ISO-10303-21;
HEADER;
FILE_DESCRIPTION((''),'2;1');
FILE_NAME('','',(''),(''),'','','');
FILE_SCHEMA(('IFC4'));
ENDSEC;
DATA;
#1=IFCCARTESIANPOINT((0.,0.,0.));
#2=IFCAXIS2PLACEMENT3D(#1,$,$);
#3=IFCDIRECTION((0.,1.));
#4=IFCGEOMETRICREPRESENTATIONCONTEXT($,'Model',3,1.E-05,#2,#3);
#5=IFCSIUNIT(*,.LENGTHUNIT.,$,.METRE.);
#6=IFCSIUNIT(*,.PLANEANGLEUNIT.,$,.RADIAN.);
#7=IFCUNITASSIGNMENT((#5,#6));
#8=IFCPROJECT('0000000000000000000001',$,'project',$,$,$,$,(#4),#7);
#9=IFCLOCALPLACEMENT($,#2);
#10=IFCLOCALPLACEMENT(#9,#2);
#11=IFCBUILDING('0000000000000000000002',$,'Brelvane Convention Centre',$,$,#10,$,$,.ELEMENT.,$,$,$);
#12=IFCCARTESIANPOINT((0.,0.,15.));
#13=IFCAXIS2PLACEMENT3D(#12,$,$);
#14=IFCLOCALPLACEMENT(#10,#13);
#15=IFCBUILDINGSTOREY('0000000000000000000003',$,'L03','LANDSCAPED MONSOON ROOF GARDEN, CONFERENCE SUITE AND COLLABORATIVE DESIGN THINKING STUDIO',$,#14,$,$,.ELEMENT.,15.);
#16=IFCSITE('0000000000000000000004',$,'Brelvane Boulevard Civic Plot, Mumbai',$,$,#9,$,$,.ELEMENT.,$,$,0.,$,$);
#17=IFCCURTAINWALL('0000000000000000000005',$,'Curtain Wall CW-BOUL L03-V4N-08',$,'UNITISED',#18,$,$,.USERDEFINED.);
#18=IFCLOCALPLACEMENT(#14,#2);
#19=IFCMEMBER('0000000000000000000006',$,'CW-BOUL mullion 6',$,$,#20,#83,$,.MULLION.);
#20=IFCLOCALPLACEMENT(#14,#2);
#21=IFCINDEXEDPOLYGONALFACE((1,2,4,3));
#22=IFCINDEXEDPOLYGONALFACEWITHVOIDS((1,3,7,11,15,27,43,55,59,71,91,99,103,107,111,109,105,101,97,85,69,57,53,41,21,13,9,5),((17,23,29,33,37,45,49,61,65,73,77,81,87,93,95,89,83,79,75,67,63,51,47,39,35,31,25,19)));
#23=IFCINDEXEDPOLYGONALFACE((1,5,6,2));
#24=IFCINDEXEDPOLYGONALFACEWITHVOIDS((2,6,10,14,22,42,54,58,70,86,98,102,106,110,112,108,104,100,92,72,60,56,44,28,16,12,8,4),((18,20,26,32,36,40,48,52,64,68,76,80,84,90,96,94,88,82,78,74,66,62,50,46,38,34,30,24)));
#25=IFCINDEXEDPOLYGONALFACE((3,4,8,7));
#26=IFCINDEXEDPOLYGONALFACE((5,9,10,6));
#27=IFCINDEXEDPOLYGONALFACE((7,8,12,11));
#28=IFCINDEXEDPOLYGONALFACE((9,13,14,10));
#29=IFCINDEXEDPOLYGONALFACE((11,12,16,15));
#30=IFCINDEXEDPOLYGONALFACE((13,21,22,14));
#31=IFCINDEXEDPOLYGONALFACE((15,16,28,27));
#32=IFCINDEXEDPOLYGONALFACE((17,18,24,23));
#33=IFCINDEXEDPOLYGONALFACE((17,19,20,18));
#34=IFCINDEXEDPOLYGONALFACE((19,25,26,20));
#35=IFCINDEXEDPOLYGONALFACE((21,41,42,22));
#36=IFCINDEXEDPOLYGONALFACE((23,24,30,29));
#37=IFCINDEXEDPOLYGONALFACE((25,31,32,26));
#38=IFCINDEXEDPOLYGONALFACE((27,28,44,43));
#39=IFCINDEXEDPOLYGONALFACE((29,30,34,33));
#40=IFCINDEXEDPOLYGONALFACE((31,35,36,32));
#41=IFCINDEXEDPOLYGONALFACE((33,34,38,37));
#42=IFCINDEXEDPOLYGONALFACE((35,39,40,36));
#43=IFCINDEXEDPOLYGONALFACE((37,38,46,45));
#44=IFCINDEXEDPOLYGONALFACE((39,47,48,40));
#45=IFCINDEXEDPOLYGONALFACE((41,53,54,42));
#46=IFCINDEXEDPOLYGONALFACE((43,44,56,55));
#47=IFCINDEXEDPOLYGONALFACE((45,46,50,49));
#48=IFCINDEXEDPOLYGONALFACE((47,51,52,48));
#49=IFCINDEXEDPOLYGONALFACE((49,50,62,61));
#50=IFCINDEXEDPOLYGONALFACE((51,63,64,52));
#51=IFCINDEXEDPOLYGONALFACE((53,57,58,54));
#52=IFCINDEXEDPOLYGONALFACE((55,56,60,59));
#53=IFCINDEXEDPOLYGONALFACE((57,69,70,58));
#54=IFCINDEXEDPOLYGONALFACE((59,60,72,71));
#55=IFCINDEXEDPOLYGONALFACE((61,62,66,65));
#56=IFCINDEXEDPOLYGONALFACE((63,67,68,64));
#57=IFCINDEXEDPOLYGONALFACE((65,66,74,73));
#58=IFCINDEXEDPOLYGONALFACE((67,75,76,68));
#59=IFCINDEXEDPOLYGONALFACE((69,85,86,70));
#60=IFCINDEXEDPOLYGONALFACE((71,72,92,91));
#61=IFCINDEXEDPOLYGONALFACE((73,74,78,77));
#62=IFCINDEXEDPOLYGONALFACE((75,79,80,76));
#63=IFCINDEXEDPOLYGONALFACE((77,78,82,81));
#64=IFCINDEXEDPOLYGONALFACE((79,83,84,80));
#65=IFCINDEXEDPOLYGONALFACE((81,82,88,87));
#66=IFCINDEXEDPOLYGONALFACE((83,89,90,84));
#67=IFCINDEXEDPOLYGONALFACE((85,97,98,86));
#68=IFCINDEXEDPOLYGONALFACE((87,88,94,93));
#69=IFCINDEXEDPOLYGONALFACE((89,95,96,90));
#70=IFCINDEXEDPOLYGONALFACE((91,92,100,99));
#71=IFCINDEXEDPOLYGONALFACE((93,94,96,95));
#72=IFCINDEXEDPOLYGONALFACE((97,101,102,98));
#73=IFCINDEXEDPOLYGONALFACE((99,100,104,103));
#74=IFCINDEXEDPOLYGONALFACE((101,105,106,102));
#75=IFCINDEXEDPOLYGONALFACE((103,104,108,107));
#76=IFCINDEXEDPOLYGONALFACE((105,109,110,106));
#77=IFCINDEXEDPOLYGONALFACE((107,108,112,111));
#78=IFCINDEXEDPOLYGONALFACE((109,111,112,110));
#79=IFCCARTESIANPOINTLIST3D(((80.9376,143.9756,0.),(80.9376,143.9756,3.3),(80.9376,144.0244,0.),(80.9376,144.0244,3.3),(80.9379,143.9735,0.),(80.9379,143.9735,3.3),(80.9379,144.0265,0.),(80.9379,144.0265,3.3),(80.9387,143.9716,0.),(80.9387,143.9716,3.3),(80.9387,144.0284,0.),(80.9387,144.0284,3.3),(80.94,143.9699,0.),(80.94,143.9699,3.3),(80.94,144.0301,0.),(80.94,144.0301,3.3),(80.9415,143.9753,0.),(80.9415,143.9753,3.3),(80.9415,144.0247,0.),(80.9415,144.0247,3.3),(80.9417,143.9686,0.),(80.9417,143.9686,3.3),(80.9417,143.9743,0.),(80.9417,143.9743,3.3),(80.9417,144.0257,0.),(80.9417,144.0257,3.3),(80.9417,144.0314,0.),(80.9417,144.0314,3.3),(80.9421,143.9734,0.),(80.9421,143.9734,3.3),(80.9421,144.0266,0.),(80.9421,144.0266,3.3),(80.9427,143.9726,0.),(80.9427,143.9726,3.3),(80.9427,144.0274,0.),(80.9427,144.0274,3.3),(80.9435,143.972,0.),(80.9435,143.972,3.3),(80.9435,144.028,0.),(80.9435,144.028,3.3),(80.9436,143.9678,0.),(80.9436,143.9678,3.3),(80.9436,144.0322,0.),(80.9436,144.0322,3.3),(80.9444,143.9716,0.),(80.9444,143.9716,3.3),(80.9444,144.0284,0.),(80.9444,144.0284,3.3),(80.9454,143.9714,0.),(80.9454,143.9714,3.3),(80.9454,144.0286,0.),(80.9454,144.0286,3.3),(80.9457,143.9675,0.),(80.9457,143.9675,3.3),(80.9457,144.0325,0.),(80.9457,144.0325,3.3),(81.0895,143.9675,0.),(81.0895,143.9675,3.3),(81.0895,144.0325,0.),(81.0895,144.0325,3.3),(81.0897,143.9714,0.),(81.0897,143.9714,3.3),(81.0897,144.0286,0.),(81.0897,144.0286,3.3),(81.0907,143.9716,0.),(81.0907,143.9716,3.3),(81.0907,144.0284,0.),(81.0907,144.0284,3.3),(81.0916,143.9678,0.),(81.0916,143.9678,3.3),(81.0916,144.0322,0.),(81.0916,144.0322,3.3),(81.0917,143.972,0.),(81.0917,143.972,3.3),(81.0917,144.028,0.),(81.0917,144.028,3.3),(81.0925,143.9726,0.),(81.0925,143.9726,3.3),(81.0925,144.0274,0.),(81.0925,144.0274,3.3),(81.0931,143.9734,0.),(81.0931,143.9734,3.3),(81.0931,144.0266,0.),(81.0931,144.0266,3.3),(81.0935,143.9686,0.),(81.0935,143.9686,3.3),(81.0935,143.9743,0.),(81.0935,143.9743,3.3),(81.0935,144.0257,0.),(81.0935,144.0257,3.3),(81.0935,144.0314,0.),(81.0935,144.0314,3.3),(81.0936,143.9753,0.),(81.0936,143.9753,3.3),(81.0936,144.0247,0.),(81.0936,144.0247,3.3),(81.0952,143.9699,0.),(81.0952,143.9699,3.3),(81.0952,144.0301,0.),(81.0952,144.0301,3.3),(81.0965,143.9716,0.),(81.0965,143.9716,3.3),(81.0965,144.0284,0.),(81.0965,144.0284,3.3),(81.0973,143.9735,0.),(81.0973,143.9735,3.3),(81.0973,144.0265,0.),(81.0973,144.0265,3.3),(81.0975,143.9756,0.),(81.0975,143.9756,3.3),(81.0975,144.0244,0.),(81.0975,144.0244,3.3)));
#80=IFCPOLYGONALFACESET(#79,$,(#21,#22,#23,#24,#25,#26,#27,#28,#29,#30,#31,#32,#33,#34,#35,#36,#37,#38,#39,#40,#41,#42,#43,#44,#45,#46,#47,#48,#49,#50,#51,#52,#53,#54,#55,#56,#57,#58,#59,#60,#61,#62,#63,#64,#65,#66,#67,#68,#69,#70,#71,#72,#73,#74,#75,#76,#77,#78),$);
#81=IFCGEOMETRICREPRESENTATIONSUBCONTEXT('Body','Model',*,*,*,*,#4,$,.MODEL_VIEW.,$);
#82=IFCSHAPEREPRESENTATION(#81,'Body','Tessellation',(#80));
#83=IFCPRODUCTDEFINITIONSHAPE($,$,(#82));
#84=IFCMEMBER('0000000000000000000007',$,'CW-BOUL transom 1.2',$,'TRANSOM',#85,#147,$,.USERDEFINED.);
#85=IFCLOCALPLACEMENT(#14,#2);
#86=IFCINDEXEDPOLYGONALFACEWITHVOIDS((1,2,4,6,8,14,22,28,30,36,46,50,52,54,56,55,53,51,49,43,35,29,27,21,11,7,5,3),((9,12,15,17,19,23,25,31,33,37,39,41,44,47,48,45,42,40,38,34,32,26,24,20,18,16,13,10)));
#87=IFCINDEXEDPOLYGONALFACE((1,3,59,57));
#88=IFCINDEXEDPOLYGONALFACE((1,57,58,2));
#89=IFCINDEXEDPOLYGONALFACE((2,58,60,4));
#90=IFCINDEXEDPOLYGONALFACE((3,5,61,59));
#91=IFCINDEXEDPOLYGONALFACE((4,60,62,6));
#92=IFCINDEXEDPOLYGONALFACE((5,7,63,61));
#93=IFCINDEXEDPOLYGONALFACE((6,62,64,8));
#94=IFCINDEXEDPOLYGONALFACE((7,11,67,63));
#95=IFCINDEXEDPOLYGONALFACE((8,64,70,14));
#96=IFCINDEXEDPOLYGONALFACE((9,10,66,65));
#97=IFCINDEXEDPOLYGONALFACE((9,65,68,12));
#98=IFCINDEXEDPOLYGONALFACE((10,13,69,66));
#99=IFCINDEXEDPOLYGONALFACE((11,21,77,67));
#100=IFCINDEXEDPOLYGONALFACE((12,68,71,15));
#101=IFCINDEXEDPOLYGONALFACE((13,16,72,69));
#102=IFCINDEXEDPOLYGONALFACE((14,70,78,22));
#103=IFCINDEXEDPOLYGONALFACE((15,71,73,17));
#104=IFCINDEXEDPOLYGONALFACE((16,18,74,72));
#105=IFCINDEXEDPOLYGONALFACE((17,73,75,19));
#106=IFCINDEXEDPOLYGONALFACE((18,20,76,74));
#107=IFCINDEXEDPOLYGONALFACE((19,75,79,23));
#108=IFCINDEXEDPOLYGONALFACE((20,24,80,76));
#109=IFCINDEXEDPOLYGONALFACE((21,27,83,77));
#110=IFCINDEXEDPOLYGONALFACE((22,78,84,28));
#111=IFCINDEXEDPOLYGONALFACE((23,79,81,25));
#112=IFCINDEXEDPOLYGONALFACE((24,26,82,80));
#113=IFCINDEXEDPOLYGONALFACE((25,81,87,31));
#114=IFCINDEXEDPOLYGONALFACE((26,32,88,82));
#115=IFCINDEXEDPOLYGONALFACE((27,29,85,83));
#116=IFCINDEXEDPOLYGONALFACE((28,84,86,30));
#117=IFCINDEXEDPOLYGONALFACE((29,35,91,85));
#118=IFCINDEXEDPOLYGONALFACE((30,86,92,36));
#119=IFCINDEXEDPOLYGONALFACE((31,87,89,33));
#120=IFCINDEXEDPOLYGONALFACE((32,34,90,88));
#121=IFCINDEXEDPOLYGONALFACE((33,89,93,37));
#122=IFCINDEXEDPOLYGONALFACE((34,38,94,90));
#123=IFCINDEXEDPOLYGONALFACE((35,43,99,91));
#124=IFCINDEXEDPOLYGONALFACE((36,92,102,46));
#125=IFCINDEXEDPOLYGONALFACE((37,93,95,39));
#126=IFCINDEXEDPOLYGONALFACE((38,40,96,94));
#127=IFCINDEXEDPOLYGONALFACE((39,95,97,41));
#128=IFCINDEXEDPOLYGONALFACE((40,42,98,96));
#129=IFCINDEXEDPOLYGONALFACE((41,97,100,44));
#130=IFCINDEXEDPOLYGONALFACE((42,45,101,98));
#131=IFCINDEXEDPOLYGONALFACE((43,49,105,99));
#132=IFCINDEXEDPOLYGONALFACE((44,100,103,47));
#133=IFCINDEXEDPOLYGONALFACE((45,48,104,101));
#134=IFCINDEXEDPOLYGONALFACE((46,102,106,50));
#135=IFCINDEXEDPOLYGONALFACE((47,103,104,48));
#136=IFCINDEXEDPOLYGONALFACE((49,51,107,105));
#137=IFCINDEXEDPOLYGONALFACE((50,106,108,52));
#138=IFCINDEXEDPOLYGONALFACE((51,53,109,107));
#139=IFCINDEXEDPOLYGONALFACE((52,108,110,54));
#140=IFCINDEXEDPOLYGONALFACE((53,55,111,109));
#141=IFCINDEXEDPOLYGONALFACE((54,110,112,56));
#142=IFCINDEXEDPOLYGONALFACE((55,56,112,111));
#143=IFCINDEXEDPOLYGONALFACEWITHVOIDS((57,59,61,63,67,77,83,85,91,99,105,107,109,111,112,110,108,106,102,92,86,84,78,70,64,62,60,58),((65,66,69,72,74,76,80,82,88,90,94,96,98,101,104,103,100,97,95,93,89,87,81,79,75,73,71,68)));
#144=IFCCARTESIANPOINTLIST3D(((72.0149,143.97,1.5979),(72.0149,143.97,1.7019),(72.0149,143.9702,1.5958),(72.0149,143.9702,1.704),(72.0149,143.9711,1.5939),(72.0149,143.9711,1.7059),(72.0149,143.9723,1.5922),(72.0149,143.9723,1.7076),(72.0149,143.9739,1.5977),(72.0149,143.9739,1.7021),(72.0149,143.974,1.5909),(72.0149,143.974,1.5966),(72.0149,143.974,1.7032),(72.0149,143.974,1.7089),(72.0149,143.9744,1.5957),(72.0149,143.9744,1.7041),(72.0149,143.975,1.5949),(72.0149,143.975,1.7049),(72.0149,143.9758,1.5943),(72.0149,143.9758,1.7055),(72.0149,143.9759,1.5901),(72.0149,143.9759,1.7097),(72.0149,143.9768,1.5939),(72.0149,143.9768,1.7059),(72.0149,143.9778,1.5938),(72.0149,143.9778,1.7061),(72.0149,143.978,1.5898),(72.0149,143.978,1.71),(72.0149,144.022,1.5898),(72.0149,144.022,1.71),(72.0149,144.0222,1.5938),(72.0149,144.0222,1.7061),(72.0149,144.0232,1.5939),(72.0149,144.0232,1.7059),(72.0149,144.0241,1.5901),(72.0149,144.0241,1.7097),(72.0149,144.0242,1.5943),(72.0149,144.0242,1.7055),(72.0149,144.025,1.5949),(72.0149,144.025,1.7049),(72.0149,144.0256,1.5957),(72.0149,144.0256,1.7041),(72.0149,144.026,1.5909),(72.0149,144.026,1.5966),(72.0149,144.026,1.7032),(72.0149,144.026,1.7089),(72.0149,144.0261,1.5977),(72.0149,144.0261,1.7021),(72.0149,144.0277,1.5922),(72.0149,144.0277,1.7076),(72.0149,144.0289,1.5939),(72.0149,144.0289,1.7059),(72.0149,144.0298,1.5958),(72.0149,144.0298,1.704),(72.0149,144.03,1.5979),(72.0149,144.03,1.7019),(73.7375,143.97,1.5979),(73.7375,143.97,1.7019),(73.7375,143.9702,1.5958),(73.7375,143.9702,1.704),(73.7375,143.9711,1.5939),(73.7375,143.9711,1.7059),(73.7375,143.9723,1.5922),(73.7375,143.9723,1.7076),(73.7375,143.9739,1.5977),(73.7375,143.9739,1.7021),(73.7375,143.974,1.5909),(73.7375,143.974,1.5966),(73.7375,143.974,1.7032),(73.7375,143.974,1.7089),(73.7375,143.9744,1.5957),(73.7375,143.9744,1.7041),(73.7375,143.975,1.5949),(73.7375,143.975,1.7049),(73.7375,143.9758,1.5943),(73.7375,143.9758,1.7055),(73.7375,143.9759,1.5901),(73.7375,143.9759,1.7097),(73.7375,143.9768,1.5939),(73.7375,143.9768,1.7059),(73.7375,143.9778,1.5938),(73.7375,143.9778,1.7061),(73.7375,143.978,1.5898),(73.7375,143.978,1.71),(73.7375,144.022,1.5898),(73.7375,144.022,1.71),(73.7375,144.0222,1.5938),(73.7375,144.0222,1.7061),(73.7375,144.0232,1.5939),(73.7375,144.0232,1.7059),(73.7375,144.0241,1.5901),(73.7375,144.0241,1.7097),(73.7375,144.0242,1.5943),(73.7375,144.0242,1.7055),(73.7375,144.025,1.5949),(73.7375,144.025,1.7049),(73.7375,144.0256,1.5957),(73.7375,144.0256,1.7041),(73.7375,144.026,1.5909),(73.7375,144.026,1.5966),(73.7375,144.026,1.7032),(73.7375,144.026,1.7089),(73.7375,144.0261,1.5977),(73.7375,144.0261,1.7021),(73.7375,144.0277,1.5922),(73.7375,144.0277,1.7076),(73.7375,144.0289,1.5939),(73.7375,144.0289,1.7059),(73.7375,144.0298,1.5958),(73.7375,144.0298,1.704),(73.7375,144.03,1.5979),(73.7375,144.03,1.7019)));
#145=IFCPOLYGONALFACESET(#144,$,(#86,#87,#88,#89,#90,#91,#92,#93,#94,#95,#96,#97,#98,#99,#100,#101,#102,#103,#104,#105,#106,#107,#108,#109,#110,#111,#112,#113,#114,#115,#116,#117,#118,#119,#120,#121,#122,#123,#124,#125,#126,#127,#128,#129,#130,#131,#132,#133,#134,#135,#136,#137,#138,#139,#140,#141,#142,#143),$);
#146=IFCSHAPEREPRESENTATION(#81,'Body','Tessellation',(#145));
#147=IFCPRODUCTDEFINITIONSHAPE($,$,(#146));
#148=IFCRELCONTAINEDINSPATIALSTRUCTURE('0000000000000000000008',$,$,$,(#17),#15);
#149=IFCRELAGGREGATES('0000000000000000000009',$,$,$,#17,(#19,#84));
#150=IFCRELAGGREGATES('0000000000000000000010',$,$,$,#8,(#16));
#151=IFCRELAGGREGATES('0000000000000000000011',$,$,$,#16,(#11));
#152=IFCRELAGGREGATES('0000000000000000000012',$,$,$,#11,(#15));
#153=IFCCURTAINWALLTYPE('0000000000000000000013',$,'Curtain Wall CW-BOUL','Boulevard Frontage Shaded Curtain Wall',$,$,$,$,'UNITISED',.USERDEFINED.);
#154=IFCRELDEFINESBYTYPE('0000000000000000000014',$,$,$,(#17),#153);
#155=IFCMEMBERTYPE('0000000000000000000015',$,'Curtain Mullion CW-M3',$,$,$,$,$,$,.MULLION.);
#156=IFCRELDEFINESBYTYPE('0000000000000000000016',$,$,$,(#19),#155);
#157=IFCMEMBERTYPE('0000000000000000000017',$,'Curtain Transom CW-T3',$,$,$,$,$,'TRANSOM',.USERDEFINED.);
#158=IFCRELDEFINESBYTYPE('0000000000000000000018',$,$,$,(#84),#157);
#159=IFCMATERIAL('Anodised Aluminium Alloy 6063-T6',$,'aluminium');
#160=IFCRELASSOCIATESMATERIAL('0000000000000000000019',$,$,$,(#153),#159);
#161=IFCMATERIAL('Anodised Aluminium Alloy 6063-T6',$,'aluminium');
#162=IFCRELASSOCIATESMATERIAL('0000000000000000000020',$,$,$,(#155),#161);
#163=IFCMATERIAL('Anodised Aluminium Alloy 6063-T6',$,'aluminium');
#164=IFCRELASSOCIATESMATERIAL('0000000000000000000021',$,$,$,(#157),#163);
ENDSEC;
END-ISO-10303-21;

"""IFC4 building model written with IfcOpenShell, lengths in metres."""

from ifc_helpers import new_model, si_unit, direction, frame, origin, origin_2d, place, context, subcontext, project, spatial, hollow_rectangle, extrude, material, material_profile, profile_set, type_object, element, aggregate, save


model = new_model("IFC4")

# Units and contexts
model_context = context("Model", 3, precision=1e-05, world=origin(), true_north=direction((0.0, 1.0)))
body_context = subcontext(model_context, "Body", "Model", "MODEL_VIEW")
ifc_project = project(units=[si_unit("LENGTHUNIT", "METRE"), si_unit("PLANEANGLEUNIT", "RADIAN")], contexts=[model_context])

# Site, building, storey
site_placement = place(None, origin())
site = spatial("IfcSite", under=ifc_project, at=site_placement, Name="Brelvane Boulevard Civic Plot, Mumbai", CompositionType="ELEMENT", RefElevation=0.0)
building_placement = place(site_placement, origin())
building = spatial("IfcBuilding", under=site, at=building_placement, Name="Brelvane Convention Centre", CompositionType="ELEMENT")
storey_placement = place(building_placement, frame((0.0, 0.0, 15.0)))
storey = spatial("IfcBuildingStorey", under=building, at=storey_placement, Name="L03", Description="LANDSCAPED MONSOON ROOF GARDEN, CONFERENCE SUITE AND COLLABORATIVE DESIGN THINKING STUDIO", CompositionType="ELEMENT", Elevation=15.0)

# Curtain wall, members
ifc_material_1 = material(Name="Anodised Aluminium Alloy 6063-T6", Category="aluminium")
curtain_wall_type = type_object("IfcCurtainWallType", Name="Curtain Wall CW-BOUL", Description="Boulevard Frontage Shaded Curtain Wall", ElementType="UNITISED", PredefinedType="USERDEFINED", material=ifc_material_1)
curtain_wall_placement = place(storey_placement, origin())
curtain_wall = element("IfcCurtainWall", 1, at=curtain_wall_placement, inside=storey, type_object=curtain_wall_type, Name="Curtain Wall CW-BOUL L03-V4N-08", ObjectType="UNITISED", PredefinedType="USERDEFINED")
ifc_material_2 = material(Name="Anodised Aluminium Alloy 6063-T6", Category="aluminium")
ifc_material_profile_1 = material_profile(ifc_material_2, hollow_rectangle(XDim=0.0649, YDim=0.1599, WallThickness=0.0039, InnerFilletRadius=0.0039, OuterFilletRadius=0.0081, at=origin_2d()), Name="ALU-M 160x65x4.0")
ifc_profile_set_1 = profile_set([ifc_material_profile_1], Name="Anodised Aluminium Alloy 6063-T6")
member_type_1 = type_object("IfcMemberType", Name="Curtain Mullion CW-M3", PredefinedType="MULLION", material=ifc_profile_set_1)
member_1_placement = place(storey_placement, frame((81.0176, 144.0, 0.0), z_axis=(0.0, 0.0, 1.0), x_axis=(0.0, 1.0, 0.0)))
member_1 = element("IfcMember", 2, at=member_1_placement, type_object=member_type_1, Name="CW-BOUL mullion 6", PredefinedType="MULLION", context=body_context, shape_type="SweptSolid", body=[
    extrude(hollow_rectangle(XDim=0.0649, YDim=0.1599, WallThickness=0.0039, InnerFilletRadius=0.0039, OuterFilletRadius=0.0081, at=origin_2d()), origin(), (0.0, 0.0, 1.0), 3.3),
])
ifc_material_3 = material(Name="Anodised Aluminium Alloy 6063-T6", Category="aluminium")
ifc_material_profile_2 = material_profile(ifc_material_3, hollow_rectangle(XDim=0.0601, YDim=0.1201, WallThickness=0.0039, InnerFilletRadius=0.0039, OuterFilletRadius=0.0081, at=origin_2d()), Name="ALU-T 120x60x4.0")
ifc_profile_set_2 = profile_set([ifc_material_profile_2], Name="Anodised Aluminium Alloy 6063-T6")
member_type_2 = type_object("IfcMemberType", Name="Curtain Transom CW-T3", ElementType="TRANSOM", PredefinedType="USERDEFINED", material=ifc_profile_set_2)
member_2_placement = place(storey_placement, frame((72.0149, 144.0, 1.6499), z_axis=(1.0, 0.0, 0.0), x_axis=(0.0, 1.0, 0.0)))
member_2 = element("IfcMember", 3, at=member_2_placement, type_object=member_type_2, Name="CW-BOUL transom 1.2", ObjectType="TRANSOM", PredefinedType="USERDEFINED", context=body_context, shape_type="SweptSolid", body=[
    extrude(hollow_rectangle(XDim=0.0601, YDim=0.1201, WallThickness=0.0039, InnerFilletRadius=0.0039, OuterFilletRadius=0.0081, at=origin_2d()), origin(), (0.0, 0.0, 1.0), 1.7227),
])

aggregate(curtain_wall, [member_1, member_2])

save(model, "model.ifc")
